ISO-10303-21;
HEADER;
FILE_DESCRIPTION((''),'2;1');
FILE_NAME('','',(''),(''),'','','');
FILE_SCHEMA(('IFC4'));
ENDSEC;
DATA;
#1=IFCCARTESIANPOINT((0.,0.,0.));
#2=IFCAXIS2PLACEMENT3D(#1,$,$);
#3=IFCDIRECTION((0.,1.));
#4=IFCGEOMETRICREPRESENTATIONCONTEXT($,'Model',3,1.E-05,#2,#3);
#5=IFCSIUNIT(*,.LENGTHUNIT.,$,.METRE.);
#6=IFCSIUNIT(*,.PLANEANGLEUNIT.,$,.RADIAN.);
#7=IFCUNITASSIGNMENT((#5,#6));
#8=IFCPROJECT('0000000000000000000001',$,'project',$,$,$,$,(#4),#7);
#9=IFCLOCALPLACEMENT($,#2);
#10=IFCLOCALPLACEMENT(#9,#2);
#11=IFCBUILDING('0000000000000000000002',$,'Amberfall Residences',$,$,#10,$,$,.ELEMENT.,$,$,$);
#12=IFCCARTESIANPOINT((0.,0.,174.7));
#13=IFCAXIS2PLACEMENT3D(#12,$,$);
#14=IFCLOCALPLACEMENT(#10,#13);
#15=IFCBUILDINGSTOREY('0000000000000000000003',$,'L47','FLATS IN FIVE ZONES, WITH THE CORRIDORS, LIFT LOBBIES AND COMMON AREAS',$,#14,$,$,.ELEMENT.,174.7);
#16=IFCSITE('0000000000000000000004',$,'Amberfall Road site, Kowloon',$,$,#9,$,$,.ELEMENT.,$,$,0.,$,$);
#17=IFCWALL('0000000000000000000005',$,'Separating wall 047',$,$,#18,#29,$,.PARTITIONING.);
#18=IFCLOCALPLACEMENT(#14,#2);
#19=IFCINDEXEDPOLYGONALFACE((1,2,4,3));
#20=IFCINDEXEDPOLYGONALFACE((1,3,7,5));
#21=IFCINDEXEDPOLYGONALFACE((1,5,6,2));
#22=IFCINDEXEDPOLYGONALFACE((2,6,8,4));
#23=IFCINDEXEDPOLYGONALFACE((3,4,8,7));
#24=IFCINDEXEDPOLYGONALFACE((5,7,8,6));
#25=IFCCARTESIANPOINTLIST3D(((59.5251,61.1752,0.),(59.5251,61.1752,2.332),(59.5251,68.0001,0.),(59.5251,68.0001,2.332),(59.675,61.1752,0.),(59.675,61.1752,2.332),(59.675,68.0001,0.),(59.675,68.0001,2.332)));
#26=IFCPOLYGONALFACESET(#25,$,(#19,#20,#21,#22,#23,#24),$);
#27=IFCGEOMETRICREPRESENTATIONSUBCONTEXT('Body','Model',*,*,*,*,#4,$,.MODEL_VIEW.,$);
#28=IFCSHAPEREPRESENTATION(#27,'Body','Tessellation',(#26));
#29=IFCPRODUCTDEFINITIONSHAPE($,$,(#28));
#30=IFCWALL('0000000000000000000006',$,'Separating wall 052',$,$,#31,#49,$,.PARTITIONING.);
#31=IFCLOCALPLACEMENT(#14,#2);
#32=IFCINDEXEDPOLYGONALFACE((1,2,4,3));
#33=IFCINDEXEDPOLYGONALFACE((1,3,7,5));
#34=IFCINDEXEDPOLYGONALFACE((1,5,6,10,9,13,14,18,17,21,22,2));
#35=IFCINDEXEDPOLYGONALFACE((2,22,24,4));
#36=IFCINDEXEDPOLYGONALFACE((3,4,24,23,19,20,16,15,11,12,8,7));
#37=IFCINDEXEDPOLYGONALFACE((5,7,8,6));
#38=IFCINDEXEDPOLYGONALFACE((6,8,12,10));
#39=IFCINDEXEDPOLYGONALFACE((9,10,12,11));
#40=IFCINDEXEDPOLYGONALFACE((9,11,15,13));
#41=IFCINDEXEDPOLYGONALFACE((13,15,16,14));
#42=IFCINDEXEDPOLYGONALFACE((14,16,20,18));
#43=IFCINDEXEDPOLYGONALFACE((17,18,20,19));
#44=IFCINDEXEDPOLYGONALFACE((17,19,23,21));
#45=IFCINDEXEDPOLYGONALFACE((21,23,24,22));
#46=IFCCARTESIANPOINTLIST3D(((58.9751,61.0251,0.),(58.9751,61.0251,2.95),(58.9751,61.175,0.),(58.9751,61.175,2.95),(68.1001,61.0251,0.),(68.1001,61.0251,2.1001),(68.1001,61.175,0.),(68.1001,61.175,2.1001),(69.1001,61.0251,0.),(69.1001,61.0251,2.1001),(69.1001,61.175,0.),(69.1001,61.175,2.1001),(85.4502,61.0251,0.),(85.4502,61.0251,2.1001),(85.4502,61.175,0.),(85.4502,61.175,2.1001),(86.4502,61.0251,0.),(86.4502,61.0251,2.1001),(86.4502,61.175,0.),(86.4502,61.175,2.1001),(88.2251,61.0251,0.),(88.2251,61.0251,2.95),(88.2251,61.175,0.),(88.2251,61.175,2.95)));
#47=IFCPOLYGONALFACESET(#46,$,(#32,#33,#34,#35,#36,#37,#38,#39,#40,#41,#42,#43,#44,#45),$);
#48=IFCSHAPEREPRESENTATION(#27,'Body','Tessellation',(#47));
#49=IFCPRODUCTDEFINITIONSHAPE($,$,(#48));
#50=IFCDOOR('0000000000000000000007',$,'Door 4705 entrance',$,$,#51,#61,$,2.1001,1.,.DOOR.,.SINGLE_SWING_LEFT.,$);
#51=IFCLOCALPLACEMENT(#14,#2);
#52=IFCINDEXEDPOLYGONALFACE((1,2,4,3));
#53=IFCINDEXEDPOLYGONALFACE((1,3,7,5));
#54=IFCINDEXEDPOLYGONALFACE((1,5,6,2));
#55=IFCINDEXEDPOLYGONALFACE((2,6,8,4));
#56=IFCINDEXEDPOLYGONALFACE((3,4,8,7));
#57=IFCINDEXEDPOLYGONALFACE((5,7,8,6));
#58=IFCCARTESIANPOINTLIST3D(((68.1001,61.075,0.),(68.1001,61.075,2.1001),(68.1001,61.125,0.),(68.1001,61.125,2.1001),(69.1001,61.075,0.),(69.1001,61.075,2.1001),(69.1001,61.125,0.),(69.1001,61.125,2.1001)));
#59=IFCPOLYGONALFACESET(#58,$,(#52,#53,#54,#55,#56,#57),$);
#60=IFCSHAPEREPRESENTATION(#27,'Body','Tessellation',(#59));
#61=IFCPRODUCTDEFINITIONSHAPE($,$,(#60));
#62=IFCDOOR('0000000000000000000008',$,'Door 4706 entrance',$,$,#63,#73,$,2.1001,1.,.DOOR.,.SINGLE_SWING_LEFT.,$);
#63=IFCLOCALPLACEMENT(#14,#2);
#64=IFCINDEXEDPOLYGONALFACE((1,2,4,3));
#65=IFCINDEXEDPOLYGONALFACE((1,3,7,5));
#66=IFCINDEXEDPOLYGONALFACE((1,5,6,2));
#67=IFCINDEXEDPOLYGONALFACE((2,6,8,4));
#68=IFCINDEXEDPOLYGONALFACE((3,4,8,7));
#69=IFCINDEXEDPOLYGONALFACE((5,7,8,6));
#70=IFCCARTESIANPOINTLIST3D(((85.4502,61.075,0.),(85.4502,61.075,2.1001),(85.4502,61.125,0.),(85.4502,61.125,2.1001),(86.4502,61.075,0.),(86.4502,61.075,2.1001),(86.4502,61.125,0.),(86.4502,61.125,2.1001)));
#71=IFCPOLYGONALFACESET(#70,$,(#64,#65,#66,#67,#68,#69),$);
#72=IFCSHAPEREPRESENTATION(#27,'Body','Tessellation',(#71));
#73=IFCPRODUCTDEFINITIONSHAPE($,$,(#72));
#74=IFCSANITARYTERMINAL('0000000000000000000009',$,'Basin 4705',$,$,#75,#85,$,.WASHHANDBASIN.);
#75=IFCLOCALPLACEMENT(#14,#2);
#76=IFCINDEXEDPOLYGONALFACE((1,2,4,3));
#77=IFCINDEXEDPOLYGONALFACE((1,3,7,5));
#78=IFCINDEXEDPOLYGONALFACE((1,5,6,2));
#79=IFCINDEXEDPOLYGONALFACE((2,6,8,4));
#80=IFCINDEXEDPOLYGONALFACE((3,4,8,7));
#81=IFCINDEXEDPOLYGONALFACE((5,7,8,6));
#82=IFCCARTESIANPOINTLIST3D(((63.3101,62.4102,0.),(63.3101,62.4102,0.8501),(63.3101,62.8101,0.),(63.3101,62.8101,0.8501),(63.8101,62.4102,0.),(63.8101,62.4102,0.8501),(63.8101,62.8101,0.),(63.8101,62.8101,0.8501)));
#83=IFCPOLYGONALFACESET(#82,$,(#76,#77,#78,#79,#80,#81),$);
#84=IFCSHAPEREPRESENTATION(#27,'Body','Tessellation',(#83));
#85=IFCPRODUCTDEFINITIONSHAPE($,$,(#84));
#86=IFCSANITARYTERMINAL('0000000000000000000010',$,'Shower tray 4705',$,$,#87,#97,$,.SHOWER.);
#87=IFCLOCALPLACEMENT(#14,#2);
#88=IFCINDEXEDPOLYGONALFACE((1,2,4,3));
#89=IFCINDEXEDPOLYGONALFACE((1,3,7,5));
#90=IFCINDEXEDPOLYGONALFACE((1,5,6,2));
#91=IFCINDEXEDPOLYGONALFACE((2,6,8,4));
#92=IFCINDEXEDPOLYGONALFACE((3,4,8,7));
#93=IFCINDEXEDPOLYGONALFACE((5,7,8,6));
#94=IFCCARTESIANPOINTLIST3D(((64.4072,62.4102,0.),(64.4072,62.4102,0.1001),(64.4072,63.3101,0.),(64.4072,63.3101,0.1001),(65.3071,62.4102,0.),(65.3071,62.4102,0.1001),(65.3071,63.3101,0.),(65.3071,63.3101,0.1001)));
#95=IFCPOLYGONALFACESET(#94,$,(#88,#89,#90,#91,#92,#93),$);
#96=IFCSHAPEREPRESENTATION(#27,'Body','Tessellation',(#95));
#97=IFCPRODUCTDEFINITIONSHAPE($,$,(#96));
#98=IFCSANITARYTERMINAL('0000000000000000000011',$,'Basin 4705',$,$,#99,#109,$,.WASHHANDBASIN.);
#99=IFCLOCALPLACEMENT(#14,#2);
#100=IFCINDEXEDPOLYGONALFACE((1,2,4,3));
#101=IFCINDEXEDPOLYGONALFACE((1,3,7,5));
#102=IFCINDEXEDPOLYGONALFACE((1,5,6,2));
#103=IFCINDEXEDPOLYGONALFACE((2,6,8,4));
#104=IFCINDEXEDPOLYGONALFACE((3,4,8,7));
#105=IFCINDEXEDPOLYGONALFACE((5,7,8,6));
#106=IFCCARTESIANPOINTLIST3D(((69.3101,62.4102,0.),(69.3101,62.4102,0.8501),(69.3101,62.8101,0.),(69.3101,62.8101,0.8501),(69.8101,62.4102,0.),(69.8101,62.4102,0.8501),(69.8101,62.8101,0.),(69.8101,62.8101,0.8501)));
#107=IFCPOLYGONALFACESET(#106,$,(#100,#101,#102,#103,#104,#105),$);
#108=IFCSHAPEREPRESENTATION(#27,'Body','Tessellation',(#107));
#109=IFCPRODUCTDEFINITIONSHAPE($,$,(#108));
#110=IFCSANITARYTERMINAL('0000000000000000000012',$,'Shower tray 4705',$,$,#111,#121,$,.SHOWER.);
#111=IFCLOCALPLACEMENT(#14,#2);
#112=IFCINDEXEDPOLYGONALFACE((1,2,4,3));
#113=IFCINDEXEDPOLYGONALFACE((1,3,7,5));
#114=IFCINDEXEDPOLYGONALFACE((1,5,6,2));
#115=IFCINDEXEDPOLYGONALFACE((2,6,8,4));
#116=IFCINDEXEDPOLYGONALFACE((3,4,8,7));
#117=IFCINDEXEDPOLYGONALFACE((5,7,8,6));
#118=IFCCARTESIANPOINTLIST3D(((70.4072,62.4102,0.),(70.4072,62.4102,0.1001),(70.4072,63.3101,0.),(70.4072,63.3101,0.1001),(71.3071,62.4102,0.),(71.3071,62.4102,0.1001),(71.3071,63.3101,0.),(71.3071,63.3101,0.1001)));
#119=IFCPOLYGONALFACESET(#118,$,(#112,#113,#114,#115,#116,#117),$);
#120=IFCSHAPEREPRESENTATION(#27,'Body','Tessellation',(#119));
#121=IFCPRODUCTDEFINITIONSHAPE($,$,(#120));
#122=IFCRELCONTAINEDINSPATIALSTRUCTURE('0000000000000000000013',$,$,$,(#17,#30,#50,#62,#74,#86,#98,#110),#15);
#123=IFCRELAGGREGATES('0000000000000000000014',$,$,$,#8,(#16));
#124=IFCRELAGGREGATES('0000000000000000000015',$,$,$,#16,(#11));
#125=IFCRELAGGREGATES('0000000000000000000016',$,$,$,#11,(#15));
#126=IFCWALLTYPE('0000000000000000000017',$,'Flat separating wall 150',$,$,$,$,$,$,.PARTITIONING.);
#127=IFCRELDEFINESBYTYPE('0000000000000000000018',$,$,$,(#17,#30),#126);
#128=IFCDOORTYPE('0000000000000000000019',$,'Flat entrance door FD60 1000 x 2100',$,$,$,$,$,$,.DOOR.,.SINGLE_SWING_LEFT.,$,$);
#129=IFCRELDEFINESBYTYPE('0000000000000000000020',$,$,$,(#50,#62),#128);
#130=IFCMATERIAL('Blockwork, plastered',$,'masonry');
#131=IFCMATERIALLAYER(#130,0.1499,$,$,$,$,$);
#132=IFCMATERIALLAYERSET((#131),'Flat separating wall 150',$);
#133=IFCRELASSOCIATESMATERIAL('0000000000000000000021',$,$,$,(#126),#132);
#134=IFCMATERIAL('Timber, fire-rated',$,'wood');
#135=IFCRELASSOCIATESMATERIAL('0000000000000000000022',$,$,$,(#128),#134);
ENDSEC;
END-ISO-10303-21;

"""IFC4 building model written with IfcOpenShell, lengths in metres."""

from ifc_helpers import new_model, si_unit, direction, frame, frame_2d, origin, origin_2d, place, context, subcontext, project, spatial, rectangle, extrude, material, layer, layer_set, type_object, element, fill, save


model = new_model("IFC4")

# Units and contexts
model_context = context("Model", 3, precision=1e-05, world=origin(), true_north=direction((0.0, 1.0)))
body_context = subcontext(model_context, "Body", "Model", "MODEL_VIEW")
ifc_project = project(units=[si_unit("LENGTHUNIT", "METRE"), si_unit("PLANEANGLEUNIT", "RADIAN")], contexts=[model_context])

# Site, building, storey
site_placement = place(None, origin())
site = spatial("IfcSite", under=ifc_project, at=site_placement, Name="Amberfall Road site, Kowloon", CompositionType="ELEMENT", RefElevation=0.0)
building_placement = place(site_placement, origin())
building = spatial("IfcBuilding", under=site, at=building_placement, Name="Amberfall Residences", CompositionType="ELEMENT")
storey_placement = place(building_placement, frame((0.0, 0.0, 174.7)))
storey = spatial("IfcBuildingStorey", under=building, at=storey_placement, Name="L47", Description="FLATS IN FIVE ZONES, WITH THE CORRIDORS, LIFT LOBBIES AND COMMON AREAS", CompositionType="ELEMENT", Elevation=174.7)

# Wall
ifc_material_1 = material(Name="Blockwork, plastered", Category="masonry")
ifc_layer_1 = layer(ifc_material_1, 0.1499)
ifc_layer_set_1 = layer_set([ifc_layer_1], Name="Flat separating wall 150")
wall_type_1 = type_object("IfcWallType", Name="Flat separating wall 150", PredefinedType="PARTITIONING", material=ifc_layer_set_1)
wall_1_placement = place(storey_placement, frame((59.6001, 61.175, 0.0), z_axis=(0.0, 0.0, 1.0), x_axis=(0.0, 1.0, 0.0)))
element("IfcWall", 1, at=wall_1_placement, inside=storey, type_object=wall_type_1, Name="Separating wall 047", PredefinedType="PARTITIONING", context=body_context, shape_type="SweptSolid", body=[
    extrude(rectangle(XDim=6.825, YDim=0.1499, at=frame_2d((3.4126, 0.0))), origin(), (0.0, 0.0, 1.0), 2.332),
])

# Wall, openings, doors
wall_2_placement = place(storey_placement, frame((58.9751, 61.1001, 0.0), z_axis=(0.0, 0.0, 1.0), x_axis=(1.0, 0.0, 0.0)))
wall_2 = element("IfcWall", 2, at=wall_2_placement, inside=storey, type_object=wall_type_1, Name="Separating wall 052", PredefinedType="PARTITIONING", context=body_context, shape_type="SweptSolid", body=[
    extrude(rectangle(XDim=29.25, YDim=0.1499, at=frame_2d((14.625, 0.0))), origin(), (0.0, 0.0, 1.0), 2.95),
])
opening_1_placement = place(wall_2_placement, frame((9.125, 0.0, 0.0)))
opening_1 = element("IfcOpeningElement", 3, at=opening_1_placement, cuts=wall_2, PredefinedType="OPENING", context=body_context, shape_type="SweptSolid", body=[
    extrude(rectangle(XDim=1.0, YDim=2.1001, at=frame_2d((0.5, 1.05))), frame((0.0, 0.085, 0.0), z_axis=(0.0, -1.0, 0.0), x_axis=(1.0, 0.0, 0.0)), (0.0, 0.0, 1.0), 0.1699),
])
opening_2_placement = place(wall_2_placement, frame((26.4751, 0.0, 0.0)))
opening_2 = element("IfcOpeningElement", 4, at=opening_2_placement, cuts=wall_2, PredefinedType="OPENING", context=body_context, shape_type="SweptSolid", body=[
    extrude(rectangle(XDim=1.0, YDim=2.1001, at=frame_2d((0.5, 1.05))), frame((0.0, 0.085, 0.0), z_axis=(0.0, -1.0, 0.0), x_axis=(1.0, 0.0, 0.0)), (0.0, 0.0, 1.0), 0.1699),
])
ifc_material_2 = material(Name="Timber, fire-rated", Category="wood")
door_type_1 = type_object("IfcDoorType", Name="Flat entrance door FD60 1000 x 2100", OperationType="SINGLE_SWING_LEFT", PredefinedType="DOOR", material=ifc_material_2)
door_1_placement = place(opening_1_placement, origin())
door_1 = element("IfcDoor", 5, at=door_1_placement, inside=storey, type_object=door_type_1, Name="Door 4705 entrance", OperationType="SINGLE_SWING_LEFT", OverallHeight=2.1001, OverallWidth=1.0, PredefinedType="DOOR", context=body_context, shape_type="SweptSolid", body=[
    extrude(rectangle(XDim=1.0, YDim=2.1001, at=frame_2d((0.5, 1.05))), frame((0.0, 0.0249, 0.0), z_axis=(0.0, -1.0, 0.0), x_axis=(1.0, 0.0, 0.0)), (0.0, 0.0, 1.0), 0.05),
])
fill(opening_1, door_1)
door_2_placement = place(opening_2_placement, origin())
door_2 = element("IfcDoor", 6, at=door_2_placement, inside=storey, type_object=door_type_1, Name="Door 4706 entrance", OperationType="SINGLE_SWING_LEFT", OverallHeight=2.1001, OverallWidth=1.0, PredefinedType="DOOR", context=body_context, shape_type="SweptSolid", body=[
    extrude(rectangle(XDim=1.0, YDim=2.1001, at=frame_2d((0.5, 1.05))), frame((0.0, 0.0249, 0.0), z_axis=(0.0, -1.0, 0.0), x_axis=(1.0, 0.0, 0.0)), (0.0, 0.0, 1.0), 0.05),
])
fill(opening_2, door_2)

# Sanitary terminals
sanitary_terminal_1_placement = place(storey_placement, frame((63.5601, 62.6101, 0.0), z_axis=(0.0, 0.0, 1.0), x_axis=(1.0, 0.0, 0.0)))
element("IfcSanitaryTerminal", 7, at=sanitary_terminal_1_placement, inside=storey, Name="Basin 4705", PredefinedType="WASHHANDBASIN", context=body_context, shape_type="SweptSolid", body=[
    extrude(rectangle(XDim=0.5, YDim=0.3999, at=origin_2d()), origin(), (0.0, 0.0, 1.0), 0.8501),
])
sanitary_terminal_2_placement = place(storey_placement, frame((64.8572, 62.8601, 0.0), z_axis=(0.0, 0.0, 1.0), x_axis=(1.0, 0.0, 0.0)))
element("IfcSanitaryTerminal", 8, at=sanitary_terminal_2_placement, inside=storey, Name="Shower tray 4705", PredefinedType="SHOWER", context=body_context, shape_type="SweptSolid", body=[
    extrude(rectangle(XDim=0.8999, YDim=0.8999, at=origin_2d()), origin(), (0.0, 0.0, 1.0), 0.1001),
])
sanitary_terminal_3_placement = place(storey_placement, frame((69.5601, 62.6101, 0.0), z_axis=(0.0, 0.0, 1.0), x_axis=(1.0, 0.0, 0.0)))
element("IfcSanitaryTerminal", 9, at=sanitary_terminal_3_placement, inside=storey, Name="Basin 4705", PredefinedType="WASHHANDBASIN", context=body_context, shape_type="SweptSolid", body=[
    extrude(rectangle(XDim=0.5, YDim=0.3999, at=origin_2d()), origin(), (0.0, 0.0, 1.0), 0.8501),
])
sanitary_terminal_4_placement = place(storey_placement, frame((70.8572, 62.8601, 0.0), z_axis=(0.0, 0.0, 1.0), x_axis=(1.0, 0.0, 0.0)))
element("IfcSanitaryTerminal", 10, at=sanitary_terminal_4_placement, inside=storey, Name="Shower tray 4705", PredefinedType="SHOWER", context=body_context, shape_type="SweptSolid", body=[
    extrude(rectangle(XDim=0.8999, YDim=0.8999, at=origin_2d()), origin(), (0.0, 0.0, 1.0), 0.1001),
])

save(model, "model.ifc")
